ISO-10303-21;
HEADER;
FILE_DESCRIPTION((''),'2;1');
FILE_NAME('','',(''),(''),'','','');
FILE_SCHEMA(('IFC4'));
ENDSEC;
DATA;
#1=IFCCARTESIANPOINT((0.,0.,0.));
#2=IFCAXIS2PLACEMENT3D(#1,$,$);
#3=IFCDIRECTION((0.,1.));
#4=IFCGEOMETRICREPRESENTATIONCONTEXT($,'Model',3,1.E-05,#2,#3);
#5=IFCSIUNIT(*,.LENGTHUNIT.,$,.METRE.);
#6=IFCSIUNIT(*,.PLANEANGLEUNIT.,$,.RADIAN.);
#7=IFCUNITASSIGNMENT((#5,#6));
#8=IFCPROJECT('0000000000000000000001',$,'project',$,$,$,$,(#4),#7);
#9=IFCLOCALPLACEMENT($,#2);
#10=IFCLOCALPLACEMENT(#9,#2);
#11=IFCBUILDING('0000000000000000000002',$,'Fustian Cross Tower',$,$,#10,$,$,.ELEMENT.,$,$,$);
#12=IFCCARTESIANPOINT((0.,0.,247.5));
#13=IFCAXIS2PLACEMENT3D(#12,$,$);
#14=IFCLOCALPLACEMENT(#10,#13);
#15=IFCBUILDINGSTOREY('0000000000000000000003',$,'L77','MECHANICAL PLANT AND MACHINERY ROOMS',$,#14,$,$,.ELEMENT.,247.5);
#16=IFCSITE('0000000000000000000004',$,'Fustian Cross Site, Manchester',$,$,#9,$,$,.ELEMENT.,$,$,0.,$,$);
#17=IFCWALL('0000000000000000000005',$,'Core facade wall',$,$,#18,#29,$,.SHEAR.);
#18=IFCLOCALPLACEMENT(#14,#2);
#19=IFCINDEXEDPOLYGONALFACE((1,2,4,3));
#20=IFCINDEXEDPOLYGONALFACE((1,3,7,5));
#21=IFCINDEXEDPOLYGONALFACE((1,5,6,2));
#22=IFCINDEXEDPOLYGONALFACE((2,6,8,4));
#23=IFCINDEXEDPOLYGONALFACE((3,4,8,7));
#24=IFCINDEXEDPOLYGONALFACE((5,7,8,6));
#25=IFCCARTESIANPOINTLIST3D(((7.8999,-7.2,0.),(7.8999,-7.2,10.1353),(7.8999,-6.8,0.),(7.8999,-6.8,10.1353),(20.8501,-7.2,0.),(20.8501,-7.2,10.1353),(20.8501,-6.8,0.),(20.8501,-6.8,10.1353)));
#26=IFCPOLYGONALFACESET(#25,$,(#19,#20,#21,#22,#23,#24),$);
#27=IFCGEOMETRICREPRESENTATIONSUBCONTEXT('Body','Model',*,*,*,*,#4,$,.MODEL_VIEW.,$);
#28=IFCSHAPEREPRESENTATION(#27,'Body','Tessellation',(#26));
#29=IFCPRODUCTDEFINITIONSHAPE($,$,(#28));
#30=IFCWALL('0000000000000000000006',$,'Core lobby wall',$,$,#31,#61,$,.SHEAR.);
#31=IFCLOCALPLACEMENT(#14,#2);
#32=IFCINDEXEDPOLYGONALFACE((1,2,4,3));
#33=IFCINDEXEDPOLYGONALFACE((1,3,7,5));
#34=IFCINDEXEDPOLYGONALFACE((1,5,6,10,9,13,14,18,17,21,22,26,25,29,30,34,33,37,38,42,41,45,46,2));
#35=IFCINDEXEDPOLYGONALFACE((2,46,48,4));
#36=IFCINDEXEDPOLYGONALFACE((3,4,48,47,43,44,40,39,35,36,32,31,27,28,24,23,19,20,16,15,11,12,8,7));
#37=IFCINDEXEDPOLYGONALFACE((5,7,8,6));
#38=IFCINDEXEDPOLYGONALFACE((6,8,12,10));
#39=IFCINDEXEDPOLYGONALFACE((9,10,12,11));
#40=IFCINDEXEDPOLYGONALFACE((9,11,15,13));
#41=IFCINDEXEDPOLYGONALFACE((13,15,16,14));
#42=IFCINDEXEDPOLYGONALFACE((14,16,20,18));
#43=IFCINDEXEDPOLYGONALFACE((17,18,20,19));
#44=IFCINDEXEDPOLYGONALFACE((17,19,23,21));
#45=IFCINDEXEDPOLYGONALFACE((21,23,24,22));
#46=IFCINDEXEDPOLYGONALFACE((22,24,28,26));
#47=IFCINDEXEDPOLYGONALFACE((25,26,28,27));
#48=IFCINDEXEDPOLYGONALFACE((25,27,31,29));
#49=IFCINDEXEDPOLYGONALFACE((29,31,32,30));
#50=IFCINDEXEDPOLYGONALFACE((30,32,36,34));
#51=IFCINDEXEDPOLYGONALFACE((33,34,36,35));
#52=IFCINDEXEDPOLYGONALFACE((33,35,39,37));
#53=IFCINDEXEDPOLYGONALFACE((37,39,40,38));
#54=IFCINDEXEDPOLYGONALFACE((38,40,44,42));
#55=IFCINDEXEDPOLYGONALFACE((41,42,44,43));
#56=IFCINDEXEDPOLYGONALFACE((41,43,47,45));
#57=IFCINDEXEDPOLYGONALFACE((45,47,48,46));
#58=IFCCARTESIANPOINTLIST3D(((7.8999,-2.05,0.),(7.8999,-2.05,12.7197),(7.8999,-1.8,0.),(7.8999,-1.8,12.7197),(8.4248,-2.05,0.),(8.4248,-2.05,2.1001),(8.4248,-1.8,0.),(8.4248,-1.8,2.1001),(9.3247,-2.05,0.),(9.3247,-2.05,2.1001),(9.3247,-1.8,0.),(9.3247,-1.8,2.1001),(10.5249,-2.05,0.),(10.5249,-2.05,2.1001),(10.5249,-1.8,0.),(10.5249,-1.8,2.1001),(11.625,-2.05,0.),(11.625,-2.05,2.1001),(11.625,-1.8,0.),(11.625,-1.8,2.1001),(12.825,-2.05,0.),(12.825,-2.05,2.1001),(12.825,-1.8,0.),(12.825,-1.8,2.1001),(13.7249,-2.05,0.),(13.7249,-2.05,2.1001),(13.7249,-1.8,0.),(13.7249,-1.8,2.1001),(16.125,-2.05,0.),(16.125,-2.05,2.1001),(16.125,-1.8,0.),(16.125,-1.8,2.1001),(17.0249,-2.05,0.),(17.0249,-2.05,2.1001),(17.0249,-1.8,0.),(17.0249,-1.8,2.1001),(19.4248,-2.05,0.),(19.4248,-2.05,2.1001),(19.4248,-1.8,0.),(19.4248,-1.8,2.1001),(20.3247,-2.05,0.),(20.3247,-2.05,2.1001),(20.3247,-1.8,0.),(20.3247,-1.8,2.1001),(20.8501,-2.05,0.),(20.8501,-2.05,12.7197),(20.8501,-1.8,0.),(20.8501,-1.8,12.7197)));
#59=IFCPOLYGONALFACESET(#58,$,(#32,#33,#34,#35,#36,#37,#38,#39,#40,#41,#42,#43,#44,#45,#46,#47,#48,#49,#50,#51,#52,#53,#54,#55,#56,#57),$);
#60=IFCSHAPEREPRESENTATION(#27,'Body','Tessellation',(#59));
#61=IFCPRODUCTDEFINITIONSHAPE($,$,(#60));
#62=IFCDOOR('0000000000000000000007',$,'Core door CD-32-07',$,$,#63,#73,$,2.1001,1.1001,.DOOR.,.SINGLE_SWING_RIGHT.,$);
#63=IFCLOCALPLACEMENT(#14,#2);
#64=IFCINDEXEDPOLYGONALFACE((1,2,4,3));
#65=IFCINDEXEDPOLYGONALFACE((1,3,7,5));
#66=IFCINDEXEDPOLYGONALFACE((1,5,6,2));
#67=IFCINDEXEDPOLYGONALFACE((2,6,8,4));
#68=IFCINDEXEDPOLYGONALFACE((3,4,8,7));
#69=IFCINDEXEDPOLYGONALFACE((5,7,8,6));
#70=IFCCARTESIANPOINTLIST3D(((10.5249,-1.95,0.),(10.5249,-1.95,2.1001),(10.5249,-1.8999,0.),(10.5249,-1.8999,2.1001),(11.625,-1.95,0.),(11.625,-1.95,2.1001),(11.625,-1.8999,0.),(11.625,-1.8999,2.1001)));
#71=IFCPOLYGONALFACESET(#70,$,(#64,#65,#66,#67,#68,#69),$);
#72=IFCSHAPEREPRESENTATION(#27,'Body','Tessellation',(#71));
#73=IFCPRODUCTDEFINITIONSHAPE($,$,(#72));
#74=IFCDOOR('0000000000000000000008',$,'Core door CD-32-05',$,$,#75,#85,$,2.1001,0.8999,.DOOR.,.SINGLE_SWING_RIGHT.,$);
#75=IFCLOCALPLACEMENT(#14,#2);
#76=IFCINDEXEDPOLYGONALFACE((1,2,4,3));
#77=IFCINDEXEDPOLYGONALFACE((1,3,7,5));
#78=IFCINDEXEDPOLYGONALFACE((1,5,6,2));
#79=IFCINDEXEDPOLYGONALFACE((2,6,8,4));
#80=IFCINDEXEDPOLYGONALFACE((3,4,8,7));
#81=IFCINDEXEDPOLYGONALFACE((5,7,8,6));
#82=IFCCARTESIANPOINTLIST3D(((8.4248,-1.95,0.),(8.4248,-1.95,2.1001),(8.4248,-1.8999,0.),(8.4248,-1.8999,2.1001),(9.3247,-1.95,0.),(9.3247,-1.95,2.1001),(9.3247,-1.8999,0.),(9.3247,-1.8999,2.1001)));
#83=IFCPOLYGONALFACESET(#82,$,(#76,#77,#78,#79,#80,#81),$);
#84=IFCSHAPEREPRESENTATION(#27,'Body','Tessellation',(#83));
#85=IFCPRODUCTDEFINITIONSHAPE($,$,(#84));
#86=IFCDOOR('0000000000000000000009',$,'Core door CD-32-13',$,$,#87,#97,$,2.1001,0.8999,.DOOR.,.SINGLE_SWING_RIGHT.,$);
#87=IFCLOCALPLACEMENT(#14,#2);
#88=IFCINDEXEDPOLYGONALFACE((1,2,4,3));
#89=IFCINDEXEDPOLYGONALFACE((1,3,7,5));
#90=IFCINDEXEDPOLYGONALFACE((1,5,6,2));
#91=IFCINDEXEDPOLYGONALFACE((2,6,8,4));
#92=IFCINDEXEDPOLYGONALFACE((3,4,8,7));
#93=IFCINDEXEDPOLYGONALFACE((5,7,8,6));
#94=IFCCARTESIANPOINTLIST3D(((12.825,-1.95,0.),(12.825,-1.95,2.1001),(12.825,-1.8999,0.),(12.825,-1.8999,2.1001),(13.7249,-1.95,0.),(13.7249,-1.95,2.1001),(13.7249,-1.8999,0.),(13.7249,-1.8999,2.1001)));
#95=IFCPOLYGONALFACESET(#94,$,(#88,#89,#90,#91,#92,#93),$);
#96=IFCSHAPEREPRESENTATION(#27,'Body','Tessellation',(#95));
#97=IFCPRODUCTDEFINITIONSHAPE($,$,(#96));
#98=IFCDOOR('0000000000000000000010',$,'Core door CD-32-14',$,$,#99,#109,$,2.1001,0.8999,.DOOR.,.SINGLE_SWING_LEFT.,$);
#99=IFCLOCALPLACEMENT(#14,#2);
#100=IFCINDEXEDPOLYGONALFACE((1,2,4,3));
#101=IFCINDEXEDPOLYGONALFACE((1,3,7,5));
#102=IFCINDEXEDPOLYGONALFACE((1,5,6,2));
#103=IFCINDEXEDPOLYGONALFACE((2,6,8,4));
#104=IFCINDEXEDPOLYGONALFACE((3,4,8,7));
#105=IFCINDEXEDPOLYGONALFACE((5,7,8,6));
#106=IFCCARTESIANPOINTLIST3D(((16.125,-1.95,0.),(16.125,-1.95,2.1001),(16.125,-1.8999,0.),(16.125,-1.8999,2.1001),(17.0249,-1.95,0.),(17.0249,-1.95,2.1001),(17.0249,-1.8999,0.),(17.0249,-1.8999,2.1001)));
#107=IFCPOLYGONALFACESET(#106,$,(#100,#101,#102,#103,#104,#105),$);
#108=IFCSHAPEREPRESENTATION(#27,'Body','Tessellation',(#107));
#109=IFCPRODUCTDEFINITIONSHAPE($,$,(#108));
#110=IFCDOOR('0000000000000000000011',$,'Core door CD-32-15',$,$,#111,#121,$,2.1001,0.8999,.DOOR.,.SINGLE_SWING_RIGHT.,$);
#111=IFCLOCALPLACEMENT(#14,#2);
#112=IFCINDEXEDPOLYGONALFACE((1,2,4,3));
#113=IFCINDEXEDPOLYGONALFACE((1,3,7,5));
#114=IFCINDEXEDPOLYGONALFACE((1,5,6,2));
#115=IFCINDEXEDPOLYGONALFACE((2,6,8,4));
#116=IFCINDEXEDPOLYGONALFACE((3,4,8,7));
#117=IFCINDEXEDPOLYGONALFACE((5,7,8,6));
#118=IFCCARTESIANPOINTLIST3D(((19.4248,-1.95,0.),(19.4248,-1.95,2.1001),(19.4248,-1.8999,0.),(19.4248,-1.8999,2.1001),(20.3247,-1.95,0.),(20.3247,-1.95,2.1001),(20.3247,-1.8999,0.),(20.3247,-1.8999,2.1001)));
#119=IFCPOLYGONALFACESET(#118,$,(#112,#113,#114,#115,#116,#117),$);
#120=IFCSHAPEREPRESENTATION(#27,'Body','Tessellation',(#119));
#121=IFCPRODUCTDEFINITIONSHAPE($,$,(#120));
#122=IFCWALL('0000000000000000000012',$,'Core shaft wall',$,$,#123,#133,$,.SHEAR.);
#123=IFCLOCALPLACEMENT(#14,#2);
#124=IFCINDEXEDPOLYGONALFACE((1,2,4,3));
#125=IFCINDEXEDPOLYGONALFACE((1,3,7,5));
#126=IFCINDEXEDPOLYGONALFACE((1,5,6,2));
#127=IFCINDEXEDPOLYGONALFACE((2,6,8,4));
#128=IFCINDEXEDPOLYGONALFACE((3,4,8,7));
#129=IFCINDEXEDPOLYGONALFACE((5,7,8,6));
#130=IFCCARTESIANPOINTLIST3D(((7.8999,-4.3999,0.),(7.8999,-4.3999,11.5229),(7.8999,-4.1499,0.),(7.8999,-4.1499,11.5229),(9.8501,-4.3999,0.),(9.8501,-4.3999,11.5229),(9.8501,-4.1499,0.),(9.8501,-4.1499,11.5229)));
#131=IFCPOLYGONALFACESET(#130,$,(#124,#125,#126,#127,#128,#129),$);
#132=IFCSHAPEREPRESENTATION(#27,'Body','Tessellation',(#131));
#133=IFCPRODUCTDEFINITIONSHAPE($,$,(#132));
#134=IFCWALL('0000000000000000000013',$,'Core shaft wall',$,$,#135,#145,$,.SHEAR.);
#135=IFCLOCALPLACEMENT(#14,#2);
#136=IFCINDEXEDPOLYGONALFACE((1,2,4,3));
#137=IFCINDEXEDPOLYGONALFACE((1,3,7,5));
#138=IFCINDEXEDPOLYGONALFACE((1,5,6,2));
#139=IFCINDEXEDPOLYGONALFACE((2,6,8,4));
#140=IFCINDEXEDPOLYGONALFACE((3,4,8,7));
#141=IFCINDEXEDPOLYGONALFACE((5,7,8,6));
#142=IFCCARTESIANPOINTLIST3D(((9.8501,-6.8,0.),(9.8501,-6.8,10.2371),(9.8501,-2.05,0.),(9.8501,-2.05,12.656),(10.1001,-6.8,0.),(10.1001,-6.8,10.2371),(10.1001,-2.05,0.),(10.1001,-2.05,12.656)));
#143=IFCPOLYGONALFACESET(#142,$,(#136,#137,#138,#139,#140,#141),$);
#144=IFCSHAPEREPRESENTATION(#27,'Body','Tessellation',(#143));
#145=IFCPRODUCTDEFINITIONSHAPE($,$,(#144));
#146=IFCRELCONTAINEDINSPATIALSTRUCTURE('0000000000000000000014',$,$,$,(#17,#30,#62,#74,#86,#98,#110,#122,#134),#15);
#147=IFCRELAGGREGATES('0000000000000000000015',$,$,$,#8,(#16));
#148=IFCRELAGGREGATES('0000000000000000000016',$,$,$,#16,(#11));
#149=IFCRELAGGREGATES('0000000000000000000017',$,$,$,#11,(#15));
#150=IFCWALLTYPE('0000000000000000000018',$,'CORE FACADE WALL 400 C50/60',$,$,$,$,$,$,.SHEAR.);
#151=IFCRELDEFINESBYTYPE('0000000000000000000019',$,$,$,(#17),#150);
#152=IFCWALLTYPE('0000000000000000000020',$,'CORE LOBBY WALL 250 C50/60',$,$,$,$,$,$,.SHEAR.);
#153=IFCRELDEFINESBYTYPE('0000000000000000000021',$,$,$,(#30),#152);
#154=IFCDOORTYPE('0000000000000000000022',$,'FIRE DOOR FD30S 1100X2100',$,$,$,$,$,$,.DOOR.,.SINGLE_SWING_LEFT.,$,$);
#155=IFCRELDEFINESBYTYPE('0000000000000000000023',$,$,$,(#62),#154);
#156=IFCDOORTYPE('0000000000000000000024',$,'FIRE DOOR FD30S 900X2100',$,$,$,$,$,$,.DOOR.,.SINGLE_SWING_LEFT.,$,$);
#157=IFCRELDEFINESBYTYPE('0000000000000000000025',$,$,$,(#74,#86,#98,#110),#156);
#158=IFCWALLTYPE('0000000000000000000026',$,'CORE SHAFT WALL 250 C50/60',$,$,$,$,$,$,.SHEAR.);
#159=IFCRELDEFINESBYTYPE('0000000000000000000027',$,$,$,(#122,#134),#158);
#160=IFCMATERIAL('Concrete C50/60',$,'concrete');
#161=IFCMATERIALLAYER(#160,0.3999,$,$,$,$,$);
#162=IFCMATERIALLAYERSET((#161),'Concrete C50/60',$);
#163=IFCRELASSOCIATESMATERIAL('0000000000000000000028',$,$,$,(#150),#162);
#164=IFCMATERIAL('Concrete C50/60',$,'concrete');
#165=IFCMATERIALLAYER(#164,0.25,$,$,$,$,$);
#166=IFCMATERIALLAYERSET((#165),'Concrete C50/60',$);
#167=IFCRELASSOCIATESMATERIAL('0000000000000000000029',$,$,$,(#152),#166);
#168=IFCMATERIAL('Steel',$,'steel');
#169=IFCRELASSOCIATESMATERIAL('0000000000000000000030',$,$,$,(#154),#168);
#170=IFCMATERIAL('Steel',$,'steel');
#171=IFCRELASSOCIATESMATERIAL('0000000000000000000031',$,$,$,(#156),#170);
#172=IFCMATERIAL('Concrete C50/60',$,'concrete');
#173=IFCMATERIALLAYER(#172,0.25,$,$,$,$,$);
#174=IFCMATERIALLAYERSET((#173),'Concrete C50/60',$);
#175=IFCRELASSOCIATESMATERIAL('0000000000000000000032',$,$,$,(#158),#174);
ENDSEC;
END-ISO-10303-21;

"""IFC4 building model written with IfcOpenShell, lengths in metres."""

from ifc_helpers import new_model, si_unit, direction, frame, frame_2d, origin, place, context, subcontext, project, spatial, polyline, rectangle, outline, extrude, material, layer, layer_set, type_object, element, fill, save


model = new_model("IFC4")

# Units and contexts
model_context = context("Model", 3, precision=1e-05, world=origin(), true_north=direction((0.0, 1.0)))
body_context = subcontext(model_context, "Body", "Model", "MODEL_VIEW")
ifc_project = project(units=[si_unit("LENGTHUNIT", "METRE"), si_unit("PLANEANGLEUNIT", "RADIAN")], contexts=[model_context])

# Site, building, storey
site_placement = place(None, origin())
site = spatial("IfcSite", under=ifc_project, at=site_placement, Name="Fustian Cross Site, Manchester", CompositionType="ELEMENT", RefElevation=0.0)
building_placement = place(site_placement, origin())
building = spatial("IfcBuilding", under=site, at=building_placement, Name="Fustian Cross Tower", CompositionType="ELEMENT")
storey_placement = place(building_placement, frame((0.0, 0.0, 247.5)))
storey = spatial("IfcBuildingStorey", under=building, at=storey_placement, Name="L77", Description="MECHANICAL PLANT AND MACHINERY ROOMS", CompositionType="ELEMENT", Elevation=247.5)

# Wall
ifc_material_1 = material(Name="Concrete C50/60", Category="concrete")
ifc_layer_1 = layer(ifc_material_1, 0.3999)
ifc_layer_set_1 = layer_set([ifc_layer_1], Name="Concrete C50/60")
wall_type_1 = type_object("IfcWallType", Name="CORE FACADE WALL 400 C50/60", PredefinedType="SHEAR", material=ifc_layer_set_1)
wall_1_placement = place(storey_placement, frame((7.8999, -7.0, 0.0), z_axis=(0.0, 0.0, 1.0), x_axis=(1.0, 0.0, 0.0)))
element("IfcWall", 1, at=wall_1_placement, inside=storey, type_object=wall_type_1, Name="Core facade wall", PredefinedType="SHEAR", context=body_context, shape_type="SweptSolid", body=[
    extrude(rectangle(XDim=12.9502, YDim=0.3999, at=frame_2d((6.4751, 0.0))), origin(), (0.0, 0.0, 1.0), 10.1353),
])

# Wall, openings, doors
ifc_material_2 = material(Name="Concrete C50/60", Category="concrete")
ifc_layer_2 = layer(ifc_material_2, 0.25)
ifc_layer_set_2 = layer_set([ifc_layer_2], Name="Concrete C50/60")
wall_type_2 = type_object("IfcWallType", Name="CORE LOBBY WALL 250 C50/60", PredefinedType="SHEAR", material=ifc_layer_set_2)
wall_2_placement = place(storey_placement, frame((7.8999, -1.925, 0.0), z_axis=(0.0, 0.0, 1.0), x_axis=(1.0, 0.0, 0.0)))
wall_2 = element("IfcWall", 2, at=wall_2_placement, inside=storey, type_object=wall_type_2, Name="Core lobby wall", PredefinedType="SHEAR", context=body_context, shape_type="SweptSolid", body=[
    extrude(rectangle(XDim=12.9502, YDim=0.25, at=frame_2d((6.4751, 0.0))), origin(), (0.0, 0.0, 1.0), 12.7197),
])
opening_1_placement = place(wall_2_placement, frame((0.5249, 0.0, 0.0)))
opening_1 = element("IfcOpeningElement", 3, at=opening_1_placement, cuts=wall_2, PredefinedType="OPENING", context=body_context, shape_type="SweptSolid", body=[
    extrude(rectangle(XDim=0.8999, YDim=2.1001, at=frame_2d((0.45, 1.05))), frame((0.0, 0.135, 0.0), z_axis=(0.0, -1.0, 0.0), x_axis=(1.0, 0.0, 0.0)), (0.0, 0.0, 1.0), 0.27),
])
opening_2_placement = place(wall_2_placement, frame((2.625, 0.0, 0.0)))
opening_2 = element("IfcOpeningElement", 4, at=opening_2_placement, cuts=wall_2, PredefinedType="OPENING", context=body_context, shape_type="SweptSolid", body=[
    extrude(rectangle(XDim=1.1001, YDim=2.1001, at=frame_2d((0.55, 1.05))), frame((0.0, 0.135, 0.0), z_axis=(0.0, -1.0, 0.0), x_axis=(1.0, 0.0, 0.0)), (0.0, 0.0, 1.0), 0.27),
])
opening_3_placement = place(wall_2_placement, frame((4.925, 0.0, 0.0)))
opening_3 = element("IfcOpeningElement", 5, at=opening_3_placement, cuts=wall_2, PredefinedType="OPENING", context=body_context, shape_type="SweptSolid", body=[
    extrude(rectangle(XDim=0.8999, YDim=2.1001, at=frame_2d((0.45, 1.05))), frame((0.0, 0.135, 0.0), z_axis=(0.0, -1.0, 0.0), x_axis=(1.0, 0.0, 0.0)), (0.0, 0.0, 1.0), 0.27),
])
opening_4_placement = place(wall_2_placement, frame((8.2251, 0.0, 0.0)))
opening_4 = element("IfcOpeningElement", 6, at=opening_4_placement, cuts=wall_2, PredefinedType="OPENING", context=body_context, shape_type="SweptSolid", body=[
    extrude(rectangle(XDim=0.8999, YDim=2.1001, at=frame_2d((0.45, 1.05))), frame((0.0, 0.135, 0.0), z_axis=(0.0, -1.0, 0.0), x_axis=(1.0, 0.0, 0.0)), (0.0, 0.0, 1.0), 0.27),
])
opening_5_placement = place(wall_2_placement, frame((11.5249, 0.0, 0.0)))
opening_5 = element("IfcOpeningElement", 7, at=opening_5_placement, cuts=wall_2, PredefinedType="OPENING", context=body_context, shape_type="SweptSolid", body=[
    extrude(rectangle(XDim=0.8999, YDim=2.1001, at=frame_2d((0.45, 1.05))), frame((0.0, 0.135, 0.0), z_axis=(0.0, -1.0, 0.0), x_axis=(1.0, 0.0, 0.0)), (0.0, 0.0, 1.0), 0.27),
])
ifc_material_3 = material(Name="Steel", Category="steel")
door_type_1 = type_object("IfcDoorType", Name="FIRE DOOR FD30S 1100X2100", OperationType="SINGLE_SWING_LEFT", PredefinedType="DOOR", material=ifc_material_3)
door_1_placement = place(opening_2_placement, frame((1.1001, 0.0, 0.0), z_axis=(0.0, 0.0, 1.0), x_axis=(-1.0, 0.0, 0.0)))
door_1 = element("IfcDoor", 8, at=door_1_placement, inside=storey, type_object=door_type_1, Name="Core door CD-32-07", OperationType="SINGLE_SWING_RIGHT", OverallHeight=2.1001, OverallWidth=1.1001, PredefinedType="DOOR", context=body_context, shape_type="SweptSolid", body=[
    extrude(rectangle(XDim=1.1001, YDim=2.1001, at=frame_2d((0.55, 1.05))), frame((0.0, 0.0249, 0.0), z_axis=(0.0, -1.0, 0.0), x_axis=(1.0, 0.0, 0.0)), (0.0, 0.0, 1.0), 0.05),
])
fill(opening_2, door_1)
ifc_material_4 = material(Name="Steel", Category="steel")
door_type_2 = type_object("IfcDoorType", Name="FIRE DOOR FD30S 900X2100", OperationType="SINGLE_SWING_LEFT", PredefinedType="DOOR", material=ifc_material_4)
door_2_placement = place(opening_1_placement, frame((0.8999, 0.0, 0.0), z_axis=(0.0, 0.0, 1.0), x_axis=(-1.0, 0.0, 0.0)))
door_2 = element("IfcDoor", 9, at=door_2_placement, inside=storey, type_object=door_type_2, Name="Core door CD-32-05", OperationType="SINGLE_SWING_RIGHT", OverallHeight=2.1001, OverallWidth=0.8999, PredefinedType="DOOR", context=body_context, shape_type="SweptSolid", body=[
    extrude(rectangle(XDim=0.8999, YDim=2.1001, at=frame_2d((0.45, 1.05))), frame((0.0, 0.0249, 0.0), z_axis=(0.0, -1.0, 0.0), x_axis=(1.0, 0.0, 0.0)), (0.0, 0.0, 1.0), 0.05),
])
fill(opening_1, door_2)
door_3_placement = place(opening_3_placement, frame((0.8999, 0.0, 0.0), z_axis=(0.0, 0.0, 1.0), x_axis=(-1.0, 0.0, 0.0)))
door_3 = element("IfcDoor", 10, at=door_3_placement, inside=storey, type_object=door_type_2, Name="Core door CD-32-13", OperationType="SINGLE_SWING_RIGHT", OverallHeight=2.1001, OverallWidth=0.8999, PredefinedType="DOOR", context=body_context, shape_type="SweptSolid", body=[
    extrude(rectangle(XDim=0.8999, YDim=2.1001, at=frame_2d((0.45, 1.05))), frame((0.0, 0.0249, 0.0), z_axis=(0.0, -1.0, 0.0), x_axis=(1.0, 0.0, 0.0)), (0.0, 0.0, 1.0), 0.05),
])
fill(opening_3, door_3)
door_4_placement = place(opening_4_placement, frame((0.8999, 0.0, 0.0), z_axis=(0.0, 0.0, 1.0), x_axis=(-1.0, 0.0, 0.0)))
door_4 = element("IfcDoor", 11, at=door_4_placement, inside=storey, type_object=door_type_2, Name="Core door CD-32-14", OperationType="SINGLE_SWING_LEFT", OverallHeight=2.1001, OverallWidth=0.8999, PredefinedType="DOOR", context=body_context, shape_type="SweptSolid", body=[
    extrude(rectangle(XDim=0.8999, YDim=2.1001, at=frame_2d((0.45, 1.05))), frame((0.0, 0.0249, 0.0), z_axis=(0.0, -1.0, 0.0), x_axis=(1.0, 0.0, 0.0)), (0.0, 0.0, 1.0), 0.05),
])
fill(opening_4, door_4)
door_5_placement = place(opening_5_placement, frame((0.8999, 0.0, 0.0), z_axis=(0.0, 0.0, 1.0), x_axis=(-1.0, 0.0, 0.0)))
door_5 = element("IfcDoor", 12, at=door_5_placement, inside=storey, type_object=door_type_2, Name="Core door CD-32-15", OperationType="SINGLE_SWING_RIGHT", OverallHeight=2.1001, OverallWidth=0.8999, PredefinedType="DOOR", context=body_context, shape_type="SweptSolid", body=[
    extrude(rectangle(XDim=0.8999, YDim=2.1001, at=frame_2d((0.45, 1.05))), frame((0.0, 0.0249, 0.0), z_axis=(0.0, -1.0, 0.0), x_axis=(1.0, 0.0, 0.0)), (0.0, 0.0, 1.0), 0.05),
])
fill(opening_5, door_5)

# Walls
ifc_material_5 = material(Name="Concrete C50/60", Category="concrete")
ifc_layer_3 = layer(ifc_material_5, 0.25)
ifc_layer_set_3 = layer_set([ifc_layer_3], Name="Concrete C50/60")
wall_type_3 = type_object("IfcWallType", Name="CORE SHAFT WALL 250 C50/60", PredefinedType="SHEAR", material=ifc_layer_set_3)
wall_3_placement = place(storey_placement, frame((7.8999, -4.2749, 0.0), z_axis=(0.0, 0.0, 1.0), x_axis=(1.0, 0.0, 0.0)))
element("IfcWall", 13, at=wall_3_placement, inside=storey, type_object=wall_type_3, Name="Core shaft wall", PredefinedType="SHEAR", context=body_context, shape_type="SweptSolid", body=[
    extrude(rectangle(XDim=1.9502, YDim=0.25, at=frame_2d((0.9751, 0.0))), origin(), (0.0, 0.0, 1.0), 11.5229),
])
wall_4_placement = place(storey_placement, frame((9.9751, -2.05, 0.0), z_axis=(0.0, 0.0, 1.0), x_axis=(0.0, -1.0, 0.0)))
element("IfcWall", 14, at=wall_4_placement, inside=storey, type_object=wall_type_3, Name="Core shaft wall", PredefinedType="SHEAR", context=body_context, shape_type="SweptSolid", body=[
    extrude(outline(polyline([(0.0, 0.0), (4.75, 0.0), (4.75, 10.2371), (0.0, 12.656), (0.0, 0.0)])), frame((0.0, 0.125, 0.0), z_axis=(0.0, -1.0, 0.0), x_axis=(1.0, 0.0, 0.0)), (0.0, 0.0, 1.0), 0.25),
])

save(model, "model.ifc")
